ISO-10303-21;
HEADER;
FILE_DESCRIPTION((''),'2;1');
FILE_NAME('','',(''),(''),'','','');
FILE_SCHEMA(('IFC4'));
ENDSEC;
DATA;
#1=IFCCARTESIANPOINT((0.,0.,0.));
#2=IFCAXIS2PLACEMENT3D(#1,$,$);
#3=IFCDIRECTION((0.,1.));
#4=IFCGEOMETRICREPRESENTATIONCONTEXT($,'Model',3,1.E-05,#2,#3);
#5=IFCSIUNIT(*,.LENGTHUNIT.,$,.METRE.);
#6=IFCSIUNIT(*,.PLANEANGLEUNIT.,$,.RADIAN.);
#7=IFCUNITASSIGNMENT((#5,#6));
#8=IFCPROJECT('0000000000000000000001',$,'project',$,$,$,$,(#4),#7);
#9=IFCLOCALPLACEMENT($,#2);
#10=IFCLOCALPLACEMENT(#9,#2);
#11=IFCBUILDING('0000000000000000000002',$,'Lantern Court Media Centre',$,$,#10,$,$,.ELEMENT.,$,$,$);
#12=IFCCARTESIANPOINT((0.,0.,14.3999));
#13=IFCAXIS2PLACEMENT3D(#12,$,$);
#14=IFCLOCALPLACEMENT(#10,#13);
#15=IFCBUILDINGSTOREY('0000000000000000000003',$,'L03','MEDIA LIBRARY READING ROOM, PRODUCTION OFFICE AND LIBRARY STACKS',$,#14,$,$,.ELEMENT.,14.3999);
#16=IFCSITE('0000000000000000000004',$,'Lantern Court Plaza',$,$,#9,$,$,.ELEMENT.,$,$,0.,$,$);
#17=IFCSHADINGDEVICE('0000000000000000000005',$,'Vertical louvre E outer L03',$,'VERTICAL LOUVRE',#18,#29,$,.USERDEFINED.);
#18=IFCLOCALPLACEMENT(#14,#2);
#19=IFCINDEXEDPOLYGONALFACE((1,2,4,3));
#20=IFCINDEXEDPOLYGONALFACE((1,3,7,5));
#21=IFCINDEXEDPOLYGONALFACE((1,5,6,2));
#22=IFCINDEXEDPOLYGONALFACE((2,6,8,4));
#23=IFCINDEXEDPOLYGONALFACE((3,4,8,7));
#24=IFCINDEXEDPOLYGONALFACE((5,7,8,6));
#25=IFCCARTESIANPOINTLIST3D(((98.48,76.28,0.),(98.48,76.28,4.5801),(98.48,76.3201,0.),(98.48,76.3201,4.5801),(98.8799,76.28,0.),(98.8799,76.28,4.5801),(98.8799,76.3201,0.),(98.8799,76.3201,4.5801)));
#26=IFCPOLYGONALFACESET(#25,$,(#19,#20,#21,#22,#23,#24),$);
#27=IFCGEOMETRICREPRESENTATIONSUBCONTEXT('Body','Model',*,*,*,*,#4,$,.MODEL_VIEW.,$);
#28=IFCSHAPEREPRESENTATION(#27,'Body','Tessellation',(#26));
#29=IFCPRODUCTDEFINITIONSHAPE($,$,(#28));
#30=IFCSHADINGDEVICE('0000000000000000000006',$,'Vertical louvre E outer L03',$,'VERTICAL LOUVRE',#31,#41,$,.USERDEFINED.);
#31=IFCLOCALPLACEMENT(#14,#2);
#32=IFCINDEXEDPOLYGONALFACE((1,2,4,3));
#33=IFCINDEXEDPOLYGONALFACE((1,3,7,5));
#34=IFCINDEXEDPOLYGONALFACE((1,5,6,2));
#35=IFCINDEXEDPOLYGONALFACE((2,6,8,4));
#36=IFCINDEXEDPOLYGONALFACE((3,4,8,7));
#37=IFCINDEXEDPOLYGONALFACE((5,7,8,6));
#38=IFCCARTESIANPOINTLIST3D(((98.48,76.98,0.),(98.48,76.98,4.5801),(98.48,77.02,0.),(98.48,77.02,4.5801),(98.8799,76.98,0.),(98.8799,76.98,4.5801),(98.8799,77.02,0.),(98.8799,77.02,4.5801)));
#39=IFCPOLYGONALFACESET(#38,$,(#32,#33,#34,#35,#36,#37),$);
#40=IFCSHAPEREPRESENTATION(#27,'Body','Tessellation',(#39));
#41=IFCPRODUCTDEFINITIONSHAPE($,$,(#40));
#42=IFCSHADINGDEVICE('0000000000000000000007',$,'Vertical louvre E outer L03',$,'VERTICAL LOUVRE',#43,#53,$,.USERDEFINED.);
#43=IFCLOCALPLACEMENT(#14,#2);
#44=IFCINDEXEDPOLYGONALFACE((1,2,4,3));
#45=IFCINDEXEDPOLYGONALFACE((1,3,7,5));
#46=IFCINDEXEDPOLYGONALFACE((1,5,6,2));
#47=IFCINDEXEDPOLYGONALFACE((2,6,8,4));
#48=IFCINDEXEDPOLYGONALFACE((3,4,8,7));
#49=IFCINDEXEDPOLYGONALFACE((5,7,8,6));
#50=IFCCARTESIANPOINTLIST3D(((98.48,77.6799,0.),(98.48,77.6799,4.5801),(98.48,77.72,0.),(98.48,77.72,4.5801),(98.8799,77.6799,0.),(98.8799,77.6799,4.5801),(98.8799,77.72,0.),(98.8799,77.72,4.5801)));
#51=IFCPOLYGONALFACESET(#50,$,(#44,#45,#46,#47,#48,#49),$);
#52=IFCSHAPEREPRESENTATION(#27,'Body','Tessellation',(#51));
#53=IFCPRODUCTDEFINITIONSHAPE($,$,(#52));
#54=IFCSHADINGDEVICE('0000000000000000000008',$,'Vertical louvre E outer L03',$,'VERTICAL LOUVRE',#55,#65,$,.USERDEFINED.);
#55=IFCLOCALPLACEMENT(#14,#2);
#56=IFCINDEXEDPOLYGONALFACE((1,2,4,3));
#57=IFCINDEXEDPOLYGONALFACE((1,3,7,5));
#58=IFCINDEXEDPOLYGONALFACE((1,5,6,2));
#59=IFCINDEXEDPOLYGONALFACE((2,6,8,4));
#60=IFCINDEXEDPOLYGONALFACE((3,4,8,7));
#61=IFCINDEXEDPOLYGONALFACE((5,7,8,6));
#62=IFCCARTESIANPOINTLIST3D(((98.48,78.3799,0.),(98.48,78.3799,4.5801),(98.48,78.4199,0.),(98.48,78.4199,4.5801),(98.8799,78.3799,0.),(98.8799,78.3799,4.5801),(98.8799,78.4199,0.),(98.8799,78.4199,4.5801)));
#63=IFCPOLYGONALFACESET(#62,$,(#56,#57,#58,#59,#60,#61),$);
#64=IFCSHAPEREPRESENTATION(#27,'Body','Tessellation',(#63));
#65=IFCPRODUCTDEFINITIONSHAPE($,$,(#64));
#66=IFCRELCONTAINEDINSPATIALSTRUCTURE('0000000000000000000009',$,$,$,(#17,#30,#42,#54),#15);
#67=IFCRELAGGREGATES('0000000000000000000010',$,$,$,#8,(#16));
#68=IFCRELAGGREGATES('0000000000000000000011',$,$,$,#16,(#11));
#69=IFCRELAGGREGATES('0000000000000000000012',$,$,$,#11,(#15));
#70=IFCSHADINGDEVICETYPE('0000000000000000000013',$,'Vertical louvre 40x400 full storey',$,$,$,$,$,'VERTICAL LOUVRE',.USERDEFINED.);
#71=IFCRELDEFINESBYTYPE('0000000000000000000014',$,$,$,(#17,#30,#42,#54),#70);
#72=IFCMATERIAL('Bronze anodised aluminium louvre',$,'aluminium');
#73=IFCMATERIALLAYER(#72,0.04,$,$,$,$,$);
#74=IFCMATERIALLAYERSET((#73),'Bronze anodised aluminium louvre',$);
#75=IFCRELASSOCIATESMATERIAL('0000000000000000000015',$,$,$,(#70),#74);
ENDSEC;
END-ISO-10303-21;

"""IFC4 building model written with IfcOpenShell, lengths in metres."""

from ifc_helpers import new_model, si_unit, direction, frame, origin, origin_2d, place, context, subcontext, project, spatial, rectangle, extrude, material, layer, layer_set, type_object, element, save


model = new_model("IFC4")

# Units and contexts
model_context = context("Model", 3, precision=1e-05, world=origin(), true_north=direction((0.0, 1.0)))
body_context = subcontext(model_context, "Body", "Model", "MODEL_VIEW")
ifc_project = project(units=[si_unit("LENGTHUNIT", "METRE"), si_unit("PLANEANGLEUNIT", "RADIAN")], contexts=[model_context])

# Site, building, storey
site_placement = place(None, origin())
site = spatial("IfcSite", under=ifc_project, at=site_placement, Name="Lantern Court Plaza", CompositionType="ELEMENT", RefElevation=0.0)
building_placement = place(site_placement, origin())
building = spatial("IfcBuilding", under=site, at=building_placement, Name="Lantern Court Media Centre", CompositionType="ELEMENT")
storey_placement = place(building_placement, frame((0.0, 0.0, 14.3999)))
storey = spatial("IfcBuildingStorey", under=building, at=storey_placement, Name="L03", Description="MEDIA LIBRARY READING ROOM, PRODUCTION OFFICE AND LIBRARY STACKS", CompositionType="ELEMENT", Elevation=14.3999)

# Shading devices
ifc_material_1 = material(Name="Bronze anodised aluminium louvre", Category="aluminium")
ifc_layer_1 = layer(ifc_material_1, 0.04)
ifc_layer_set_1 = layer_set([ifc_layer_1], Name="Bronze anodised aluminium louvre")
shading_device_type = type_object("IfcShadingDeviceType", Name="Vertical louvre 40x400 full storey", ElementType="VERTICAL LOUVRE", PredefinedType="USERDEFINED", material=ifc_layer_set_1)
for number, where, z_axis, x_axis, name in (
    (1, (98.6799, 76.3, 0.0), (0.0, 0.0, 1.0), (1.0, 0.0, 0.0), "Vertical louvre E outer L03"),
    (2, (98.6799, 77.0, 0.0), (0.0, 0.0, 1.0), (1.0, 0.0, 0.0), "Vertical louvre E outer L03"),
    (3, (98.6799, 77.7, 0.0), (0.0, 0.0, 1.0), (1.0, 0.0, 0.0), "Vertical louvre E outer L03"),
    (4, (98.6799, 78.3999, 0.0), (0.0, 0.0, 1.0), (1.0, 0.0, 0.0), "Vertical louvre E outer L03"),
):
    element("IfcShadingDevice", number, at=place(storey_placement, frame(where, z_axis=z_axis, x_axis=x_axis)), inside=storey, type_object=shading_device_type, Name=name, ObjectType="VERTICAL LOUVRE", PredefinedType="USERDEFINED", context=body_context, shape_type="SweptSolid", body=[
        extrude(rectangle(XDim=0.3999, YDim=0.04, at=origin_2d()), origin(), (0.0, 0.0, 1.0), 4.5801),
    ])

save(model, "model.ifc")
